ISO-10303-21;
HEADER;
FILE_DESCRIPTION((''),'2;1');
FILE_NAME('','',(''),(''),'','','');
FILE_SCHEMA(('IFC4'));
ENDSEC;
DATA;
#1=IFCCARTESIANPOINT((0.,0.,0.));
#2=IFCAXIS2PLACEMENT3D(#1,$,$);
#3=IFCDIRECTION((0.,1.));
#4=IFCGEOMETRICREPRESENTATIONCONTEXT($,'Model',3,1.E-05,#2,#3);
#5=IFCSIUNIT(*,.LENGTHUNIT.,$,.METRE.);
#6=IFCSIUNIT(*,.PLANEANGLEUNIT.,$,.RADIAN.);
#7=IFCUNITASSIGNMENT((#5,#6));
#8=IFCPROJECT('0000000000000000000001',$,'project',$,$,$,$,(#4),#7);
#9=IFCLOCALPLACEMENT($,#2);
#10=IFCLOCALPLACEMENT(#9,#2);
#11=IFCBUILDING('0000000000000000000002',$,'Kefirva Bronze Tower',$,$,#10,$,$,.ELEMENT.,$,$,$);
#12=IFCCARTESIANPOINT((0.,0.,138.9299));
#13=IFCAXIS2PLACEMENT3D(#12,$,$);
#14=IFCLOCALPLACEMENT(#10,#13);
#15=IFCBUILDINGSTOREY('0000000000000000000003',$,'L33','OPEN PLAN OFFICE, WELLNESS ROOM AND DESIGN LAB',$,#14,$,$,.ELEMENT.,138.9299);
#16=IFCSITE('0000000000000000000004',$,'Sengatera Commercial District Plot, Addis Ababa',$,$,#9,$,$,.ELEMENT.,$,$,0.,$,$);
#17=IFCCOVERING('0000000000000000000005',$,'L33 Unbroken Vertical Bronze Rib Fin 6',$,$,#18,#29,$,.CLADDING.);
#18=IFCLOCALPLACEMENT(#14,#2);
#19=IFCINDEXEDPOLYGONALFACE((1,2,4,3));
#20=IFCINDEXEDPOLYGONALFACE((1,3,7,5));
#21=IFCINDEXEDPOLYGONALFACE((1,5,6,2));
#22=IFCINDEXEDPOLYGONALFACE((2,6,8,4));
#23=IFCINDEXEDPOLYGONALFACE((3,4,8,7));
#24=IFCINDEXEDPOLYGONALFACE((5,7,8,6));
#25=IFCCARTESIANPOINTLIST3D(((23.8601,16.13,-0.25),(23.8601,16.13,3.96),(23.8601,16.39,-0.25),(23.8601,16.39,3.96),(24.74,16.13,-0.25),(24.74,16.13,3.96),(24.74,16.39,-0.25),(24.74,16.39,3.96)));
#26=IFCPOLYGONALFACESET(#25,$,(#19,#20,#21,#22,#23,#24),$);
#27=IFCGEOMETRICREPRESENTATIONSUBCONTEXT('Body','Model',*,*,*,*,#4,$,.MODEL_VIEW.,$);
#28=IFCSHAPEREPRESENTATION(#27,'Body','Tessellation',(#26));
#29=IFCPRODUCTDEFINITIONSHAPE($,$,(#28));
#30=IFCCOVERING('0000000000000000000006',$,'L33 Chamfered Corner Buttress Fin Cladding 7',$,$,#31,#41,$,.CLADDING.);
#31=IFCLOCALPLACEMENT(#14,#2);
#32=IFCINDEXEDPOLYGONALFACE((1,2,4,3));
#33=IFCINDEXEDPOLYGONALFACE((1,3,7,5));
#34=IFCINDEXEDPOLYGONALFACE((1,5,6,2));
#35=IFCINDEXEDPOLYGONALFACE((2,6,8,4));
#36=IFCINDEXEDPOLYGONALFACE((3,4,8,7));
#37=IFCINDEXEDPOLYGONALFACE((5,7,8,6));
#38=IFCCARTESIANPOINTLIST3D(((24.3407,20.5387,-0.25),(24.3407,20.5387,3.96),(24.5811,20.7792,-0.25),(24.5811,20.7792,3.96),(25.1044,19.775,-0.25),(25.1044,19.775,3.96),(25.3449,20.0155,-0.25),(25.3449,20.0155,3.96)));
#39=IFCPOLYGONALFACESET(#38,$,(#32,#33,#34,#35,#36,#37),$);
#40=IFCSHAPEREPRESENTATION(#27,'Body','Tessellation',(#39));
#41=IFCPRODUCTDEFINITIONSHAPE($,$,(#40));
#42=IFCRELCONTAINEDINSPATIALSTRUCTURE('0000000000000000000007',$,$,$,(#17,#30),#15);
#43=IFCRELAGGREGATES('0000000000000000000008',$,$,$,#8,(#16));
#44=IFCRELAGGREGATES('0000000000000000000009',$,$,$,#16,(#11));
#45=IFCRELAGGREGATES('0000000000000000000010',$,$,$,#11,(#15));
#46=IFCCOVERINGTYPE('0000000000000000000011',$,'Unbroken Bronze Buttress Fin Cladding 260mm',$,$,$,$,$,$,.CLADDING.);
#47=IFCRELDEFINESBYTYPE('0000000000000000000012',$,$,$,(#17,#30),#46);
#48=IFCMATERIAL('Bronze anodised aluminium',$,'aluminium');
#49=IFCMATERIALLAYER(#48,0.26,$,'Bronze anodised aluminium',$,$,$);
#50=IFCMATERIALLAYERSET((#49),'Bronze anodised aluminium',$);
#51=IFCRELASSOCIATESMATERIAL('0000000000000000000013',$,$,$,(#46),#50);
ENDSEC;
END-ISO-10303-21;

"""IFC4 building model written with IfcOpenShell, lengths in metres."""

from ifc_helpers import new_model, si_unit, direction, frame, origin, origin_2d, place, context, subcontext, project, spatial, rectangle, extrude, material, layer, layer_set, type_object, element, save


model = new_model("IFC4")

# Units and contexts
model_context = context("Model", 3, precision=1e-05, world=origin(), true_north=direction((0.0, 1.0)))
body_context = subcontext(model_context, "Body", "Model", "MODEL_VIEW")
ifc_project = project(units=[si_unit("LENGTHUNIT", "METRE"), si_unit("PLANEANGLEUNIT", "RADIAN")], contexts=[model_context])

# Site, building, storey
site_placement = place(None, origin())
site = spatial("IfcSite", under=ifc_project, at=site_placement, Name="Sengatera Commercial District Plot, Addis Ababa", CompositionType="ELEMENT", RefElevation=0.0)
building_placement = place(site_placement, origin())
building = spatial("IfcBuilding", under=site, at=building_placement, Name="Kefirva Bronze Tower", CompositionType="ELEMENT")
storey_placement = place(building_placement, frame((0.0, 0.0, 138.9299)))
storey = spatial("IfcBuildingStorey", under=building, at=storey_placement, Name="L33", Description="OPEN PLAN OFFICE, WELLNESS ROOM AND DESIGN LAB", CompositionType="ELEMENT", Elevation=138.9299)

# Shared definitions
ifc_material_1 = material(Name="Bronze anodised aluminium", Category="aluminium")

# Coverings
ifc_layer_1 = layer(ifc_material_1, 0.26, Name="Bronze anodised aluminium")
ifc_layer_set_1 = layer_set([ifc_layer_1], Name="Bronze anodised aluminium")
covering_type_1 = type_object("IfcCoveringType", Name="Unbroken Bronze Buttress Fin Cladding 260mm", PredefinedType="CLADDING", material=ifc_layer_set_1)
covering_1_placement = place(storey_placement, frame((24.3, 16.26, -0.25), z_axis=(0.0, 0.0, 1.0), x_axis=(0.0, 1.0, 0.0)))
element("IfcCovering", 1, at=covering_1_placement, inside=storey, type_object=covering_type_1, Name="L33 Unbroken Vertical Bronze Rib Fin 6", PredefinedType="CLADDING", context=body_context, shape_type="SweptSolid", body=[
    extrude(rectangle(XDim=0.26, YDim=0.8799, at=origin_2d()), origin(), (0.0, 0.0, 1.0), 4.21),
])
covering_2_placement = place(storey_placement, frame((24.8428, 20.2771, -0.25), z_axis=(0.0, 0.0, 1.0), x_axis=(0.707107, 0.707107, 0.0)))
element("IfcCovering", 2, at=covering_2_placement, inside=storey, type_object=covering_type_1, Name="L33 Chamfered Corner Buttress Fin Cladding 7", PredefinedType="CLADDING", context=body_context, shape_type="SweptSolid", body=[
    extrude(rectangle(XDim=0.3401, YDim=1.0801, at=origin_2d()), origin(), (0.0, 0.0, 1.0), 4.21),
])

save(model, "model.ifc")
